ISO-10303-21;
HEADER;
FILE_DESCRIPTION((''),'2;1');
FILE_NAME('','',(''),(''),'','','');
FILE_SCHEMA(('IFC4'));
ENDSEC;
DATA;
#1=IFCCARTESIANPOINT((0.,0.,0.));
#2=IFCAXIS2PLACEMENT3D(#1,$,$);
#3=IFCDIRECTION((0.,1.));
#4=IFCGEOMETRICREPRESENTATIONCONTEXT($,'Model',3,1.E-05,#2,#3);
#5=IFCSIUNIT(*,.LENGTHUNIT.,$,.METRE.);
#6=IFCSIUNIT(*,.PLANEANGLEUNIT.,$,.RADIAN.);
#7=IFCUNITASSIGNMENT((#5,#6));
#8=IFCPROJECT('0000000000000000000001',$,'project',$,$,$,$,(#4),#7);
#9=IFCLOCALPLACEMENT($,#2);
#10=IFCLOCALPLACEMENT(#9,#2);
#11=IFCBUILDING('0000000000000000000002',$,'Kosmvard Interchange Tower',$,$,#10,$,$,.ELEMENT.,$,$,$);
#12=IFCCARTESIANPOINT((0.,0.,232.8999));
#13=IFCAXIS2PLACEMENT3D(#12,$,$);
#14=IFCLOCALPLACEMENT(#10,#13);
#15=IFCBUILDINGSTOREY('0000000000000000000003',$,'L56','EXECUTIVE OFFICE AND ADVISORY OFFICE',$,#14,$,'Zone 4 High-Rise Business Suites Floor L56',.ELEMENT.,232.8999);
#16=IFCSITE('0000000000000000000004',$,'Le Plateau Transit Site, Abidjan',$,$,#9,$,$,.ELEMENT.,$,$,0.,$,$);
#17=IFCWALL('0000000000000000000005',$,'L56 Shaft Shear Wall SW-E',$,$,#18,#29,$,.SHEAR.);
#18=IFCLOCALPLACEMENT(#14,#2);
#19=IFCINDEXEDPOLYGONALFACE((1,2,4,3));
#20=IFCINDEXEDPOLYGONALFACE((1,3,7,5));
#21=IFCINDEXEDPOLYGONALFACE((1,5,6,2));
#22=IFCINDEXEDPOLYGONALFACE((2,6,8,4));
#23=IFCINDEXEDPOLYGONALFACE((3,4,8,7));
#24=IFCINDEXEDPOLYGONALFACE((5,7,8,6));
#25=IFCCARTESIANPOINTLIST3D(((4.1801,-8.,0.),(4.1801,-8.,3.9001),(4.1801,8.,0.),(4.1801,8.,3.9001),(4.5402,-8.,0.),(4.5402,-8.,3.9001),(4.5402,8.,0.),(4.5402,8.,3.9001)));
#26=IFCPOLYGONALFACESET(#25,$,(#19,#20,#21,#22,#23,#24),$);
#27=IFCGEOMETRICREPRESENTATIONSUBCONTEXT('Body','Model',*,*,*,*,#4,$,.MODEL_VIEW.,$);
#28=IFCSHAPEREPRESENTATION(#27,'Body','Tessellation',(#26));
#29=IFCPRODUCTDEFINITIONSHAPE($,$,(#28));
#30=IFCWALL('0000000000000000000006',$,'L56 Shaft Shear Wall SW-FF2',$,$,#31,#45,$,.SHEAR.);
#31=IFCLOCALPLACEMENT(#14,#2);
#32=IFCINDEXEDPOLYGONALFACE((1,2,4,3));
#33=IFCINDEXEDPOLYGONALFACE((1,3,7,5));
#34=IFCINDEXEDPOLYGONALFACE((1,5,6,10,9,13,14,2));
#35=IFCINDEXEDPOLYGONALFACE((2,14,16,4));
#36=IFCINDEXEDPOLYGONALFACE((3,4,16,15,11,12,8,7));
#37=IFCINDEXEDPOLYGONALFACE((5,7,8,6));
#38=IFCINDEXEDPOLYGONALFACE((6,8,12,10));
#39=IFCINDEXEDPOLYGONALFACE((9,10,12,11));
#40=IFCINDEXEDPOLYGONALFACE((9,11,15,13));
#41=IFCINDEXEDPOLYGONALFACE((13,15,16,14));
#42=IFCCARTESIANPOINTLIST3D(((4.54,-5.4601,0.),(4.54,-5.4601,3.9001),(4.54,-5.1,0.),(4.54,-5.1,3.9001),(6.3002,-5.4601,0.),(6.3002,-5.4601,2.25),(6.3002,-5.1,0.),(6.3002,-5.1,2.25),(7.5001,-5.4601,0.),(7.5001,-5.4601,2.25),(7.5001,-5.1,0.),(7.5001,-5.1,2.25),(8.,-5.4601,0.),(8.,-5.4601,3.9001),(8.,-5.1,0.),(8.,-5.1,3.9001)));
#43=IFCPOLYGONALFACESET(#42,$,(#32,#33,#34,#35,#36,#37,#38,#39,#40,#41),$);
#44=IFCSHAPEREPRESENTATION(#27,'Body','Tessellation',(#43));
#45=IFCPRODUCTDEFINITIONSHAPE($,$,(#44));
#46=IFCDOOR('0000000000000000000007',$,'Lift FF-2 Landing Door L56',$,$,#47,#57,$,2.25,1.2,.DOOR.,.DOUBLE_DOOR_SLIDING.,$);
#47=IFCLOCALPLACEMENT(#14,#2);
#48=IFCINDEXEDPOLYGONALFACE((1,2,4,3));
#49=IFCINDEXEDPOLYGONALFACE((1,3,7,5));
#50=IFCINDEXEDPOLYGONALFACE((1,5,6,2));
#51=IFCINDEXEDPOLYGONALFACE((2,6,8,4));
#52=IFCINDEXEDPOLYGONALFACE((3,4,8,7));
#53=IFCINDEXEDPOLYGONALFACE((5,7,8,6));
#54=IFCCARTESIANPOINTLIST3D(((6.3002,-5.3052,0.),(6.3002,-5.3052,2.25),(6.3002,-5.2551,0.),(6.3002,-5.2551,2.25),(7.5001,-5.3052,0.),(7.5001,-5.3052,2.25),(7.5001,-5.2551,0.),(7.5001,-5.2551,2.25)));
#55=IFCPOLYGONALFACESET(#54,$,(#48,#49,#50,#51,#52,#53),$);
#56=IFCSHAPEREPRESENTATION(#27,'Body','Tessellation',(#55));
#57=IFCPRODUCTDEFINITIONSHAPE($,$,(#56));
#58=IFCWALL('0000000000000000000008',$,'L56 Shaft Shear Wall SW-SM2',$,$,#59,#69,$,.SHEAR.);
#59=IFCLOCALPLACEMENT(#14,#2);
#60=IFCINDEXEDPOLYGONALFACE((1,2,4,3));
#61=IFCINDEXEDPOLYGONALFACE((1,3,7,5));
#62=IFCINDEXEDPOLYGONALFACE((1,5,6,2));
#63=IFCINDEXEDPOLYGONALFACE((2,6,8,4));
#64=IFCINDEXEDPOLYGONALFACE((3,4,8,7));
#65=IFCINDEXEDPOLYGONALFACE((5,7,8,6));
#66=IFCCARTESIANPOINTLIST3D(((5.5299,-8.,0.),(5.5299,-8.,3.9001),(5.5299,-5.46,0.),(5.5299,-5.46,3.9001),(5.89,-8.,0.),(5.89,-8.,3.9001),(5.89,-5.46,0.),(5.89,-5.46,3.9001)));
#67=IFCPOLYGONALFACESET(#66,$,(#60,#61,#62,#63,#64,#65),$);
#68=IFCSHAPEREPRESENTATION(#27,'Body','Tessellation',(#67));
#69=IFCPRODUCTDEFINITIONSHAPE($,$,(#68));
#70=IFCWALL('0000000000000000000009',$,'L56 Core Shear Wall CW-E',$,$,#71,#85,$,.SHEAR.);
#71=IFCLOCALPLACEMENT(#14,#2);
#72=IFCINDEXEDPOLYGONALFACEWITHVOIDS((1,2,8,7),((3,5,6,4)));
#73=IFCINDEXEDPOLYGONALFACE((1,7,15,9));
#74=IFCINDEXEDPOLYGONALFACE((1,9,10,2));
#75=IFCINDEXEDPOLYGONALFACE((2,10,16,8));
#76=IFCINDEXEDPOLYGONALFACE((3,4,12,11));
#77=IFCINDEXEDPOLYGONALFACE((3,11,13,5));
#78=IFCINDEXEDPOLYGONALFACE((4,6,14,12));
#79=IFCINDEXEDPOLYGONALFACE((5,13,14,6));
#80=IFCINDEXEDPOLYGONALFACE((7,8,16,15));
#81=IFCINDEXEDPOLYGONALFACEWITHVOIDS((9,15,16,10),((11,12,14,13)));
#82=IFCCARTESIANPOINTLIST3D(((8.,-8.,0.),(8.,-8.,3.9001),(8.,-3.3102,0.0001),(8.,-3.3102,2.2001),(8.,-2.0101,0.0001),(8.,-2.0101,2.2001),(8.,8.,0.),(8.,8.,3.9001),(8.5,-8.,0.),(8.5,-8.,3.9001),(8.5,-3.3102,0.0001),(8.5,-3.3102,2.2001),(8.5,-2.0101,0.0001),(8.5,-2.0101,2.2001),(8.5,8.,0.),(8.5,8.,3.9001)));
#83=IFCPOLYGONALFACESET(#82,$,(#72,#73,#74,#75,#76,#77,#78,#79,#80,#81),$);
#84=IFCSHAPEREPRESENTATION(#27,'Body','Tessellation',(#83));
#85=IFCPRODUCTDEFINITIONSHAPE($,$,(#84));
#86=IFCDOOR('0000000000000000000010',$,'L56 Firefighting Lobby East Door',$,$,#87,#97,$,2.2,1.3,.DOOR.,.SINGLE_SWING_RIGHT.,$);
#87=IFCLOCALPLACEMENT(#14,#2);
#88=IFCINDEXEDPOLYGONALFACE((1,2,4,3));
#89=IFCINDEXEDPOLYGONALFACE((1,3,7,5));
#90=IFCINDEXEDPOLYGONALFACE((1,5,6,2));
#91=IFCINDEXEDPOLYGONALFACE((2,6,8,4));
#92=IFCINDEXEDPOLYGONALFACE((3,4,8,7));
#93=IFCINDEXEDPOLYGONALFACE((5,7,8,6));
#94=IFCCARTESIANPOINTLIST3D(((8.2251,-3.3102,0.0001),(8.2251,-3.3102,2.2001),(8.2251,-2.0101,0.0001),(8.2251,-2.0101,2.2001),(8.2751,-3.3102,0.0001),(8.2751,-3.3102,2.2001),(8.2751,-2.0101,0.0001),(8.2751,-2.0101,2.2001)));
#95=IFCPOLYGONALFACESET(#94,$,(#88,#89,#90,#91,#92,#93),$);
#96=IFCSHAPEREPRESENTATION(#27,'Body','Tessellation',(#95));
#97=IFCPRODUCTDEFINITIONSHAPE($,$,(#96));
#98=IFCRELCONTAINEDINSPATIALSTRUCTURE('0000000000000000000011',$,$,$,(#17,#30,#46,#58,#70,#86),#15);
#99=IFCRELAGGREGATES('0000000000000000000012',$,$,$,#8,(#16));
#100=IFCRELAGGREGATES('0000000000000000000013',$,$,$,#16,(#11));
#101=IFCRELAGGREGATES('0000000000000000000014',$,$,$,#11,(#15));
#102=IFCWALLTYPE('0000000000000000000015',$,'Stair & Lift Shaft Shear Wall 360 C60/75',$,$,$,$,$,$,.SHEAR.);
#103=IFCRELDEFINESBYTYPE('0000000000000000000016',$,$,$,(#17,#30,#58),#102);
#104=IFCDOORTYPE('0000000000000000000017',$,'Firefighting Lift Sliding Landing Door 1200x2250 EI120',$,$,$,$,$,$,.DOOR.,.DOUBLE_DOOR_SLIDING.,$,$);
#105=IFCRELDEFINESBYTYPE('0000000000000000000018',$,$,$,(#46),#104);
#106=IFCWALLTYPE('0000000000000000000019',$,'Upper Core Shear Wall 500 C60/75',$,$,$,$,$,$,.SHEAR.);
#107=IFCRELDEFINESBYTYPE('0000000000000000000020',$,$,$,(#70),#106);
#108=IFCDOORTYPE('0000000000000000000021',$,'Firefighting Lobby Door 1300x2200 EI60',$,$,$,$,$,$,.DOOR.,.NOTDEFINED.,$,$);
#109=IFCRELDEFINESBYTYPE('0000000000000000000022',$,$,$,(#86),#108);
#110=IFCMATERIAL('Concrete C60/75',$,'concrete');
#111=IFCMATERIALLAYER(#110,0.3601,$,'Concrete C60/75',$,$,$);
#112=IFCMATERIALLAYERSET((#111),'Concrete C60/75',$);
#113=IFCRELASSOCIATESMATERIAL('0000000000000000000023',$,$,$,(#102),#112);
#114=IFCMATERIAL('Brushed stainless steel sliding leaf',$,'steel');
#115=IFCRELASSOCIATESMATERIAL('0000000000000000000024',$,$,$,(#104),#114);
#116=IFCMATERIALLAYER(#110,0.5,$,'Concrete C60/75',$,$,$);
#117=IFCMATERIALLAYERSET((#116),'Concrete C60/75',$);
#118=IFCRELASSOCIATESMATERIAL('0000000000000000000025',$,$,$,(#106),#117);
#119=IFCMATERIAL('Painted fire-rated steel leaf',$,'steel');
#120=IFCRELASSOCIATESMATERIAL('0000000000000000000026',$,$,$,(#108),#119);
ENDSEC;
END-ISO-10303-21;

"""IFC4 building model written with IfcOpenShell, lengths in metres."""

from ifc_helpers import new_model, si_unit, direction, frame, frame_2d, origin, place, context, subcontext, project, spatial, rectangle, extrude, source, transform, mapped, material, layer, layer_set, type_object, element, fill, save


model = new_model("IFC4")

# Units and contexts
model_context = context("Model", 3, precision=1e-05, world=origin(), true_north=direction((0.0, 1.0)))
body_context = subcontext(model_context, "Body", "Model", "MODEL_VIEW")
ifc_project = project(units=[si_unit("LENGTHUNIT", "METRE"), si_unit("PLANEANGLEUNIT", "RADIAN")], contexts=[model_context])

# Site, building, storey
site_placement = place(None, origin())
site = spatial("IfcSite", under=ifc_project, at=site_placement, Name="Le Plateau Transit Site, Abidjan", CompositionType="ELEMENT", RefElevation=0.0)
building_placement = place(site_placement, origin())
building = spatial("IfcBuilding", under=site, at=building_placement, Name="Kosmvard Interchange Tower", CompositionType="ELEMENT")
storey_placement = place(building_placement, frame((0.0, 0.0, 232.8999)))
storey = spatial("IfcBuildingStorey", under=building, at=storey_placement, Name="L56", Description="EXECUTIVE OFFICE AND ADVISORY OFFICE", LongName="Zone 4 High-Rise Business Suites Floor L56", CompositionType="ELEMENT", Elevation=232.8999)

# Shared definitions
ifc_material_1 = material(Name="Concrete C60/75", Category="concrete")

# Shared definitions
ifc_material_2 = material(Name="Painted fire-rated steel leaf", Category="steel")
ifc_material_3 = material(Name="Brushed stainless steel sliding leaf", Category="steel")

# Wall
ifc_layer_1 = layer(ifc_material_1, 0.3601, Name="Concrete C60/75")
ifc_layer_set_1 = layer_set([ifc_layer_1], Name="Concrete C60/75")
wall_type_1 = type_object("IfcWallType", Name="Stair & Lift Shaft Shear Wall 360 C60/75", PredefinedType="SHEAR", material=ifc_layer_set_1)
wall_1_placement = place(storey_placement, frame((4.3601, -8.0, 0.0), z_axis=(0.0, 0.0, 1.0), x_axis=(0.0, 1.0, 0.0)))
element("IfcWall", 1, at=wall_1_placement, inside=storey, type_object=wall_type_1, Name="L56 Shaft Shear Wall SW-E", PredefinedType="SHEAR", context=body_context, shape_type="SweptSolid", body=[
    extrude(rectangle(XDim=16.0, YDim=0.3601, at=frame_2d((8.0, 0.0))), origin(), (0.0, 0.0, 1.0), 3.9001),
])

# Wall, opening, door
wall_2_placement = place(storey_placement, frame((4.54, -5.28, 0.0), z_axis=(0.0, 0.0, 1.0), x_axis=(1.0, 0.0, 0.0)))
wall_2 = element("IfcWall", 2, at=wall_2_placement, inside=storey, type_object=wall_type_1, Name="L56 Shaft Shear Wall SW-FF2", PredefinedType="SHEAR", context=body_context, shape_type="SweptSolid", body=[
    extrude(rectangle(XDim=3.46, YDim=0.3601, at=frame_2d((1.73, 0.0))), origin(), (0.0, 0.0, 1.0), 3.9001),
])
opening_1_placement = place(wall_2_placement, frame((1.76, 0.0, 0.0)))
opening_1 = element("IfcOpeningElement", 3, at=opening_1_placement, cuts=wall_2, PredefinedType="OPENING", context=body_context, shape_type="SweptSolid", body=[
    extrude(rectangle(XDim=1.2, YDim=2.25, at=frame_2d((0.6001, 1.125))), frame((0.0, 0.1899, 0.0), z_axis=(0.0, -1.0, 0.0), x_axis=(1.0, 0.0, 0.0)), (0.0, 0.0, 1.0), 0.3801),
])
door_type_1 = type_object("IfcDoorType", Name="Firefighting Lift Sliding Landing Door 1200x2250 EI120", OperationType="DOUBLE_DOOR_SLIDING", PredefinedType="DOOR", material=ifc_material_3)
shared_shape_1 = source(origin(), body_context, "Body", "SweptSolid", [
    extrude(rectangle(XDim=1.2, YDim=2.25, at=frame_2d((0.6001, 1.125))), frame((0.0, 0.0249, 0.0), z_axis=(0.0, -1.0, 0.0), x_axis=(1.0, 0.0, 0.0)), (0.0, 0.0, 1.0), 0.05),
])
door_1_placement = place(opening_1_placement, origin())
door_1 = element("IfcDoor", 4, at=door_1_placement, inside=storey, type_object=door_type_1, Name="Lift FF-2 Landing Door L56", OperationType="DOUBLE_DOOR_SLIDING", OverallHeight=2.25, OverallWidth=1.2, PredefinedType="DOOR", context=body_context, shape_type="MappedRepresentation", body=[
    mapped(shared_shape_1, transform((0.0, 0.0, 0.0), scale=1.0)),
])
fill(opening_1, door_1)

# Wall
wall_3_placement = place(storey_placement, frame((5.71, -8.0, 0.0), z_axis=(0.0, 0.0, 1.0), x_axis=(0.0, 1.0, 0.0)))
element("IfcWall", 5, at=wall_3_placement, inside=storey, type_object=wall_type_1, Name="L56 Shaft Shear Wall SW-SM2", PredefinedType="SHEAR", context=body_context, shape_type="SweptSolid", body=[
    extrude(rectangle(XDim=2.54, YDim=0.3601, at=frame_2d((1.27, 0.0))), origin(), (0.0, 0.0, 1.0), 3.9001),
])

# Wall, opening, door
ifc_layer_2 = layer(ifc_material_1, 0.5, Name="Concrete C60/75")
ifc_layer_set_2 = layer_set([ifc_layer_2], Name="Concrete C60/75")
wall_type_2 = type_object("IfcWallType", Name="Upper Core Shear Wall 500 C60/75", PredefinedType="SHEAR", material=ifc_layer_set_2)
wall_4_placement = place(storey_placement, frame((8.25, -8.0, 0.0), z_axis=(0.0, 0.0, 1.0), x_axis=(0.0, 1.0, 0.0)))
wall_4 = element("IfcWall", 6, at=wall_4_placement, inside=storey, type_object=wall_type_2, Name="L56 Core Shear Wall CW-E", PredefinedType="SHEAR", context=body_context, shape_type="SweptSolid", body=[
    extrude(rectangle(XDim=16.0, YDim=0.5, at=frame_2d((8.0, 0.0))), origin(), (0.0, 0.0, 1.0), 3.9001),
])
opening_2_placement = place(wall_4_placement, frame((4.6899, 0.0, 0.0)))
opening_2 = element("IfcOpeningElement", 7, at=opening_2_placement, cuts=wall_4, PredefinedType="OPENING", context=body_context, shape_type="SweptSolid", body=[
    extrude(rectangle(XDim=1.3, YDim=2.2, at=frame_2d((0.6499, 1.1001))), frame((0.0, 0.26, 0.0), z_axis=(0.0, -1.0, 0.0), x_axis=(1.0, 0.0, 0.0)), (0.0, 0.0, 1.0), 0.52),
])
door_type_2 = type_object("IfcDoorType", Name="Firefighting Lobby Door 1300x2200 EI60", OperationType="NOTDEFINED", PredefinedType="DOOR", material=ifc_material_2)
shared_shape_2 = source(origin(), body_context, "Body", "SweptSolid", [
    extrude(rectangle(XDim=1.3, YDim=2.2, at=frame_2d((0.6499, 1.1001))), frame((0.0, 0.0249, 0.0), z_axis=(0.0, -1.0, 0.0), x_axis=(1.0, 0.0, 0.0)), (0.0, 0.0, 1.0), 0.05),
])
door_2_placement = place(opening_2_placement, origin())
door_2 = element("IfcDoor", 8, at=door_2_placement, inside=storey, type_object=door_type_2, Name="L56 Firefighting Lobby East Door", OperationType="SINGLE_SWING_RIGHT", OverallHeight=2.2, OverallWidth=1.3, PredefinedType="DOOR", context=body_context, shape_type="MappedRepresentation", body=[
    mapped(shared_shape_2, transform((0.0, 0.0, 0.0), scale=1.0)),
])
fill(opening_2, door_2)

save(model, "model.ifc")
